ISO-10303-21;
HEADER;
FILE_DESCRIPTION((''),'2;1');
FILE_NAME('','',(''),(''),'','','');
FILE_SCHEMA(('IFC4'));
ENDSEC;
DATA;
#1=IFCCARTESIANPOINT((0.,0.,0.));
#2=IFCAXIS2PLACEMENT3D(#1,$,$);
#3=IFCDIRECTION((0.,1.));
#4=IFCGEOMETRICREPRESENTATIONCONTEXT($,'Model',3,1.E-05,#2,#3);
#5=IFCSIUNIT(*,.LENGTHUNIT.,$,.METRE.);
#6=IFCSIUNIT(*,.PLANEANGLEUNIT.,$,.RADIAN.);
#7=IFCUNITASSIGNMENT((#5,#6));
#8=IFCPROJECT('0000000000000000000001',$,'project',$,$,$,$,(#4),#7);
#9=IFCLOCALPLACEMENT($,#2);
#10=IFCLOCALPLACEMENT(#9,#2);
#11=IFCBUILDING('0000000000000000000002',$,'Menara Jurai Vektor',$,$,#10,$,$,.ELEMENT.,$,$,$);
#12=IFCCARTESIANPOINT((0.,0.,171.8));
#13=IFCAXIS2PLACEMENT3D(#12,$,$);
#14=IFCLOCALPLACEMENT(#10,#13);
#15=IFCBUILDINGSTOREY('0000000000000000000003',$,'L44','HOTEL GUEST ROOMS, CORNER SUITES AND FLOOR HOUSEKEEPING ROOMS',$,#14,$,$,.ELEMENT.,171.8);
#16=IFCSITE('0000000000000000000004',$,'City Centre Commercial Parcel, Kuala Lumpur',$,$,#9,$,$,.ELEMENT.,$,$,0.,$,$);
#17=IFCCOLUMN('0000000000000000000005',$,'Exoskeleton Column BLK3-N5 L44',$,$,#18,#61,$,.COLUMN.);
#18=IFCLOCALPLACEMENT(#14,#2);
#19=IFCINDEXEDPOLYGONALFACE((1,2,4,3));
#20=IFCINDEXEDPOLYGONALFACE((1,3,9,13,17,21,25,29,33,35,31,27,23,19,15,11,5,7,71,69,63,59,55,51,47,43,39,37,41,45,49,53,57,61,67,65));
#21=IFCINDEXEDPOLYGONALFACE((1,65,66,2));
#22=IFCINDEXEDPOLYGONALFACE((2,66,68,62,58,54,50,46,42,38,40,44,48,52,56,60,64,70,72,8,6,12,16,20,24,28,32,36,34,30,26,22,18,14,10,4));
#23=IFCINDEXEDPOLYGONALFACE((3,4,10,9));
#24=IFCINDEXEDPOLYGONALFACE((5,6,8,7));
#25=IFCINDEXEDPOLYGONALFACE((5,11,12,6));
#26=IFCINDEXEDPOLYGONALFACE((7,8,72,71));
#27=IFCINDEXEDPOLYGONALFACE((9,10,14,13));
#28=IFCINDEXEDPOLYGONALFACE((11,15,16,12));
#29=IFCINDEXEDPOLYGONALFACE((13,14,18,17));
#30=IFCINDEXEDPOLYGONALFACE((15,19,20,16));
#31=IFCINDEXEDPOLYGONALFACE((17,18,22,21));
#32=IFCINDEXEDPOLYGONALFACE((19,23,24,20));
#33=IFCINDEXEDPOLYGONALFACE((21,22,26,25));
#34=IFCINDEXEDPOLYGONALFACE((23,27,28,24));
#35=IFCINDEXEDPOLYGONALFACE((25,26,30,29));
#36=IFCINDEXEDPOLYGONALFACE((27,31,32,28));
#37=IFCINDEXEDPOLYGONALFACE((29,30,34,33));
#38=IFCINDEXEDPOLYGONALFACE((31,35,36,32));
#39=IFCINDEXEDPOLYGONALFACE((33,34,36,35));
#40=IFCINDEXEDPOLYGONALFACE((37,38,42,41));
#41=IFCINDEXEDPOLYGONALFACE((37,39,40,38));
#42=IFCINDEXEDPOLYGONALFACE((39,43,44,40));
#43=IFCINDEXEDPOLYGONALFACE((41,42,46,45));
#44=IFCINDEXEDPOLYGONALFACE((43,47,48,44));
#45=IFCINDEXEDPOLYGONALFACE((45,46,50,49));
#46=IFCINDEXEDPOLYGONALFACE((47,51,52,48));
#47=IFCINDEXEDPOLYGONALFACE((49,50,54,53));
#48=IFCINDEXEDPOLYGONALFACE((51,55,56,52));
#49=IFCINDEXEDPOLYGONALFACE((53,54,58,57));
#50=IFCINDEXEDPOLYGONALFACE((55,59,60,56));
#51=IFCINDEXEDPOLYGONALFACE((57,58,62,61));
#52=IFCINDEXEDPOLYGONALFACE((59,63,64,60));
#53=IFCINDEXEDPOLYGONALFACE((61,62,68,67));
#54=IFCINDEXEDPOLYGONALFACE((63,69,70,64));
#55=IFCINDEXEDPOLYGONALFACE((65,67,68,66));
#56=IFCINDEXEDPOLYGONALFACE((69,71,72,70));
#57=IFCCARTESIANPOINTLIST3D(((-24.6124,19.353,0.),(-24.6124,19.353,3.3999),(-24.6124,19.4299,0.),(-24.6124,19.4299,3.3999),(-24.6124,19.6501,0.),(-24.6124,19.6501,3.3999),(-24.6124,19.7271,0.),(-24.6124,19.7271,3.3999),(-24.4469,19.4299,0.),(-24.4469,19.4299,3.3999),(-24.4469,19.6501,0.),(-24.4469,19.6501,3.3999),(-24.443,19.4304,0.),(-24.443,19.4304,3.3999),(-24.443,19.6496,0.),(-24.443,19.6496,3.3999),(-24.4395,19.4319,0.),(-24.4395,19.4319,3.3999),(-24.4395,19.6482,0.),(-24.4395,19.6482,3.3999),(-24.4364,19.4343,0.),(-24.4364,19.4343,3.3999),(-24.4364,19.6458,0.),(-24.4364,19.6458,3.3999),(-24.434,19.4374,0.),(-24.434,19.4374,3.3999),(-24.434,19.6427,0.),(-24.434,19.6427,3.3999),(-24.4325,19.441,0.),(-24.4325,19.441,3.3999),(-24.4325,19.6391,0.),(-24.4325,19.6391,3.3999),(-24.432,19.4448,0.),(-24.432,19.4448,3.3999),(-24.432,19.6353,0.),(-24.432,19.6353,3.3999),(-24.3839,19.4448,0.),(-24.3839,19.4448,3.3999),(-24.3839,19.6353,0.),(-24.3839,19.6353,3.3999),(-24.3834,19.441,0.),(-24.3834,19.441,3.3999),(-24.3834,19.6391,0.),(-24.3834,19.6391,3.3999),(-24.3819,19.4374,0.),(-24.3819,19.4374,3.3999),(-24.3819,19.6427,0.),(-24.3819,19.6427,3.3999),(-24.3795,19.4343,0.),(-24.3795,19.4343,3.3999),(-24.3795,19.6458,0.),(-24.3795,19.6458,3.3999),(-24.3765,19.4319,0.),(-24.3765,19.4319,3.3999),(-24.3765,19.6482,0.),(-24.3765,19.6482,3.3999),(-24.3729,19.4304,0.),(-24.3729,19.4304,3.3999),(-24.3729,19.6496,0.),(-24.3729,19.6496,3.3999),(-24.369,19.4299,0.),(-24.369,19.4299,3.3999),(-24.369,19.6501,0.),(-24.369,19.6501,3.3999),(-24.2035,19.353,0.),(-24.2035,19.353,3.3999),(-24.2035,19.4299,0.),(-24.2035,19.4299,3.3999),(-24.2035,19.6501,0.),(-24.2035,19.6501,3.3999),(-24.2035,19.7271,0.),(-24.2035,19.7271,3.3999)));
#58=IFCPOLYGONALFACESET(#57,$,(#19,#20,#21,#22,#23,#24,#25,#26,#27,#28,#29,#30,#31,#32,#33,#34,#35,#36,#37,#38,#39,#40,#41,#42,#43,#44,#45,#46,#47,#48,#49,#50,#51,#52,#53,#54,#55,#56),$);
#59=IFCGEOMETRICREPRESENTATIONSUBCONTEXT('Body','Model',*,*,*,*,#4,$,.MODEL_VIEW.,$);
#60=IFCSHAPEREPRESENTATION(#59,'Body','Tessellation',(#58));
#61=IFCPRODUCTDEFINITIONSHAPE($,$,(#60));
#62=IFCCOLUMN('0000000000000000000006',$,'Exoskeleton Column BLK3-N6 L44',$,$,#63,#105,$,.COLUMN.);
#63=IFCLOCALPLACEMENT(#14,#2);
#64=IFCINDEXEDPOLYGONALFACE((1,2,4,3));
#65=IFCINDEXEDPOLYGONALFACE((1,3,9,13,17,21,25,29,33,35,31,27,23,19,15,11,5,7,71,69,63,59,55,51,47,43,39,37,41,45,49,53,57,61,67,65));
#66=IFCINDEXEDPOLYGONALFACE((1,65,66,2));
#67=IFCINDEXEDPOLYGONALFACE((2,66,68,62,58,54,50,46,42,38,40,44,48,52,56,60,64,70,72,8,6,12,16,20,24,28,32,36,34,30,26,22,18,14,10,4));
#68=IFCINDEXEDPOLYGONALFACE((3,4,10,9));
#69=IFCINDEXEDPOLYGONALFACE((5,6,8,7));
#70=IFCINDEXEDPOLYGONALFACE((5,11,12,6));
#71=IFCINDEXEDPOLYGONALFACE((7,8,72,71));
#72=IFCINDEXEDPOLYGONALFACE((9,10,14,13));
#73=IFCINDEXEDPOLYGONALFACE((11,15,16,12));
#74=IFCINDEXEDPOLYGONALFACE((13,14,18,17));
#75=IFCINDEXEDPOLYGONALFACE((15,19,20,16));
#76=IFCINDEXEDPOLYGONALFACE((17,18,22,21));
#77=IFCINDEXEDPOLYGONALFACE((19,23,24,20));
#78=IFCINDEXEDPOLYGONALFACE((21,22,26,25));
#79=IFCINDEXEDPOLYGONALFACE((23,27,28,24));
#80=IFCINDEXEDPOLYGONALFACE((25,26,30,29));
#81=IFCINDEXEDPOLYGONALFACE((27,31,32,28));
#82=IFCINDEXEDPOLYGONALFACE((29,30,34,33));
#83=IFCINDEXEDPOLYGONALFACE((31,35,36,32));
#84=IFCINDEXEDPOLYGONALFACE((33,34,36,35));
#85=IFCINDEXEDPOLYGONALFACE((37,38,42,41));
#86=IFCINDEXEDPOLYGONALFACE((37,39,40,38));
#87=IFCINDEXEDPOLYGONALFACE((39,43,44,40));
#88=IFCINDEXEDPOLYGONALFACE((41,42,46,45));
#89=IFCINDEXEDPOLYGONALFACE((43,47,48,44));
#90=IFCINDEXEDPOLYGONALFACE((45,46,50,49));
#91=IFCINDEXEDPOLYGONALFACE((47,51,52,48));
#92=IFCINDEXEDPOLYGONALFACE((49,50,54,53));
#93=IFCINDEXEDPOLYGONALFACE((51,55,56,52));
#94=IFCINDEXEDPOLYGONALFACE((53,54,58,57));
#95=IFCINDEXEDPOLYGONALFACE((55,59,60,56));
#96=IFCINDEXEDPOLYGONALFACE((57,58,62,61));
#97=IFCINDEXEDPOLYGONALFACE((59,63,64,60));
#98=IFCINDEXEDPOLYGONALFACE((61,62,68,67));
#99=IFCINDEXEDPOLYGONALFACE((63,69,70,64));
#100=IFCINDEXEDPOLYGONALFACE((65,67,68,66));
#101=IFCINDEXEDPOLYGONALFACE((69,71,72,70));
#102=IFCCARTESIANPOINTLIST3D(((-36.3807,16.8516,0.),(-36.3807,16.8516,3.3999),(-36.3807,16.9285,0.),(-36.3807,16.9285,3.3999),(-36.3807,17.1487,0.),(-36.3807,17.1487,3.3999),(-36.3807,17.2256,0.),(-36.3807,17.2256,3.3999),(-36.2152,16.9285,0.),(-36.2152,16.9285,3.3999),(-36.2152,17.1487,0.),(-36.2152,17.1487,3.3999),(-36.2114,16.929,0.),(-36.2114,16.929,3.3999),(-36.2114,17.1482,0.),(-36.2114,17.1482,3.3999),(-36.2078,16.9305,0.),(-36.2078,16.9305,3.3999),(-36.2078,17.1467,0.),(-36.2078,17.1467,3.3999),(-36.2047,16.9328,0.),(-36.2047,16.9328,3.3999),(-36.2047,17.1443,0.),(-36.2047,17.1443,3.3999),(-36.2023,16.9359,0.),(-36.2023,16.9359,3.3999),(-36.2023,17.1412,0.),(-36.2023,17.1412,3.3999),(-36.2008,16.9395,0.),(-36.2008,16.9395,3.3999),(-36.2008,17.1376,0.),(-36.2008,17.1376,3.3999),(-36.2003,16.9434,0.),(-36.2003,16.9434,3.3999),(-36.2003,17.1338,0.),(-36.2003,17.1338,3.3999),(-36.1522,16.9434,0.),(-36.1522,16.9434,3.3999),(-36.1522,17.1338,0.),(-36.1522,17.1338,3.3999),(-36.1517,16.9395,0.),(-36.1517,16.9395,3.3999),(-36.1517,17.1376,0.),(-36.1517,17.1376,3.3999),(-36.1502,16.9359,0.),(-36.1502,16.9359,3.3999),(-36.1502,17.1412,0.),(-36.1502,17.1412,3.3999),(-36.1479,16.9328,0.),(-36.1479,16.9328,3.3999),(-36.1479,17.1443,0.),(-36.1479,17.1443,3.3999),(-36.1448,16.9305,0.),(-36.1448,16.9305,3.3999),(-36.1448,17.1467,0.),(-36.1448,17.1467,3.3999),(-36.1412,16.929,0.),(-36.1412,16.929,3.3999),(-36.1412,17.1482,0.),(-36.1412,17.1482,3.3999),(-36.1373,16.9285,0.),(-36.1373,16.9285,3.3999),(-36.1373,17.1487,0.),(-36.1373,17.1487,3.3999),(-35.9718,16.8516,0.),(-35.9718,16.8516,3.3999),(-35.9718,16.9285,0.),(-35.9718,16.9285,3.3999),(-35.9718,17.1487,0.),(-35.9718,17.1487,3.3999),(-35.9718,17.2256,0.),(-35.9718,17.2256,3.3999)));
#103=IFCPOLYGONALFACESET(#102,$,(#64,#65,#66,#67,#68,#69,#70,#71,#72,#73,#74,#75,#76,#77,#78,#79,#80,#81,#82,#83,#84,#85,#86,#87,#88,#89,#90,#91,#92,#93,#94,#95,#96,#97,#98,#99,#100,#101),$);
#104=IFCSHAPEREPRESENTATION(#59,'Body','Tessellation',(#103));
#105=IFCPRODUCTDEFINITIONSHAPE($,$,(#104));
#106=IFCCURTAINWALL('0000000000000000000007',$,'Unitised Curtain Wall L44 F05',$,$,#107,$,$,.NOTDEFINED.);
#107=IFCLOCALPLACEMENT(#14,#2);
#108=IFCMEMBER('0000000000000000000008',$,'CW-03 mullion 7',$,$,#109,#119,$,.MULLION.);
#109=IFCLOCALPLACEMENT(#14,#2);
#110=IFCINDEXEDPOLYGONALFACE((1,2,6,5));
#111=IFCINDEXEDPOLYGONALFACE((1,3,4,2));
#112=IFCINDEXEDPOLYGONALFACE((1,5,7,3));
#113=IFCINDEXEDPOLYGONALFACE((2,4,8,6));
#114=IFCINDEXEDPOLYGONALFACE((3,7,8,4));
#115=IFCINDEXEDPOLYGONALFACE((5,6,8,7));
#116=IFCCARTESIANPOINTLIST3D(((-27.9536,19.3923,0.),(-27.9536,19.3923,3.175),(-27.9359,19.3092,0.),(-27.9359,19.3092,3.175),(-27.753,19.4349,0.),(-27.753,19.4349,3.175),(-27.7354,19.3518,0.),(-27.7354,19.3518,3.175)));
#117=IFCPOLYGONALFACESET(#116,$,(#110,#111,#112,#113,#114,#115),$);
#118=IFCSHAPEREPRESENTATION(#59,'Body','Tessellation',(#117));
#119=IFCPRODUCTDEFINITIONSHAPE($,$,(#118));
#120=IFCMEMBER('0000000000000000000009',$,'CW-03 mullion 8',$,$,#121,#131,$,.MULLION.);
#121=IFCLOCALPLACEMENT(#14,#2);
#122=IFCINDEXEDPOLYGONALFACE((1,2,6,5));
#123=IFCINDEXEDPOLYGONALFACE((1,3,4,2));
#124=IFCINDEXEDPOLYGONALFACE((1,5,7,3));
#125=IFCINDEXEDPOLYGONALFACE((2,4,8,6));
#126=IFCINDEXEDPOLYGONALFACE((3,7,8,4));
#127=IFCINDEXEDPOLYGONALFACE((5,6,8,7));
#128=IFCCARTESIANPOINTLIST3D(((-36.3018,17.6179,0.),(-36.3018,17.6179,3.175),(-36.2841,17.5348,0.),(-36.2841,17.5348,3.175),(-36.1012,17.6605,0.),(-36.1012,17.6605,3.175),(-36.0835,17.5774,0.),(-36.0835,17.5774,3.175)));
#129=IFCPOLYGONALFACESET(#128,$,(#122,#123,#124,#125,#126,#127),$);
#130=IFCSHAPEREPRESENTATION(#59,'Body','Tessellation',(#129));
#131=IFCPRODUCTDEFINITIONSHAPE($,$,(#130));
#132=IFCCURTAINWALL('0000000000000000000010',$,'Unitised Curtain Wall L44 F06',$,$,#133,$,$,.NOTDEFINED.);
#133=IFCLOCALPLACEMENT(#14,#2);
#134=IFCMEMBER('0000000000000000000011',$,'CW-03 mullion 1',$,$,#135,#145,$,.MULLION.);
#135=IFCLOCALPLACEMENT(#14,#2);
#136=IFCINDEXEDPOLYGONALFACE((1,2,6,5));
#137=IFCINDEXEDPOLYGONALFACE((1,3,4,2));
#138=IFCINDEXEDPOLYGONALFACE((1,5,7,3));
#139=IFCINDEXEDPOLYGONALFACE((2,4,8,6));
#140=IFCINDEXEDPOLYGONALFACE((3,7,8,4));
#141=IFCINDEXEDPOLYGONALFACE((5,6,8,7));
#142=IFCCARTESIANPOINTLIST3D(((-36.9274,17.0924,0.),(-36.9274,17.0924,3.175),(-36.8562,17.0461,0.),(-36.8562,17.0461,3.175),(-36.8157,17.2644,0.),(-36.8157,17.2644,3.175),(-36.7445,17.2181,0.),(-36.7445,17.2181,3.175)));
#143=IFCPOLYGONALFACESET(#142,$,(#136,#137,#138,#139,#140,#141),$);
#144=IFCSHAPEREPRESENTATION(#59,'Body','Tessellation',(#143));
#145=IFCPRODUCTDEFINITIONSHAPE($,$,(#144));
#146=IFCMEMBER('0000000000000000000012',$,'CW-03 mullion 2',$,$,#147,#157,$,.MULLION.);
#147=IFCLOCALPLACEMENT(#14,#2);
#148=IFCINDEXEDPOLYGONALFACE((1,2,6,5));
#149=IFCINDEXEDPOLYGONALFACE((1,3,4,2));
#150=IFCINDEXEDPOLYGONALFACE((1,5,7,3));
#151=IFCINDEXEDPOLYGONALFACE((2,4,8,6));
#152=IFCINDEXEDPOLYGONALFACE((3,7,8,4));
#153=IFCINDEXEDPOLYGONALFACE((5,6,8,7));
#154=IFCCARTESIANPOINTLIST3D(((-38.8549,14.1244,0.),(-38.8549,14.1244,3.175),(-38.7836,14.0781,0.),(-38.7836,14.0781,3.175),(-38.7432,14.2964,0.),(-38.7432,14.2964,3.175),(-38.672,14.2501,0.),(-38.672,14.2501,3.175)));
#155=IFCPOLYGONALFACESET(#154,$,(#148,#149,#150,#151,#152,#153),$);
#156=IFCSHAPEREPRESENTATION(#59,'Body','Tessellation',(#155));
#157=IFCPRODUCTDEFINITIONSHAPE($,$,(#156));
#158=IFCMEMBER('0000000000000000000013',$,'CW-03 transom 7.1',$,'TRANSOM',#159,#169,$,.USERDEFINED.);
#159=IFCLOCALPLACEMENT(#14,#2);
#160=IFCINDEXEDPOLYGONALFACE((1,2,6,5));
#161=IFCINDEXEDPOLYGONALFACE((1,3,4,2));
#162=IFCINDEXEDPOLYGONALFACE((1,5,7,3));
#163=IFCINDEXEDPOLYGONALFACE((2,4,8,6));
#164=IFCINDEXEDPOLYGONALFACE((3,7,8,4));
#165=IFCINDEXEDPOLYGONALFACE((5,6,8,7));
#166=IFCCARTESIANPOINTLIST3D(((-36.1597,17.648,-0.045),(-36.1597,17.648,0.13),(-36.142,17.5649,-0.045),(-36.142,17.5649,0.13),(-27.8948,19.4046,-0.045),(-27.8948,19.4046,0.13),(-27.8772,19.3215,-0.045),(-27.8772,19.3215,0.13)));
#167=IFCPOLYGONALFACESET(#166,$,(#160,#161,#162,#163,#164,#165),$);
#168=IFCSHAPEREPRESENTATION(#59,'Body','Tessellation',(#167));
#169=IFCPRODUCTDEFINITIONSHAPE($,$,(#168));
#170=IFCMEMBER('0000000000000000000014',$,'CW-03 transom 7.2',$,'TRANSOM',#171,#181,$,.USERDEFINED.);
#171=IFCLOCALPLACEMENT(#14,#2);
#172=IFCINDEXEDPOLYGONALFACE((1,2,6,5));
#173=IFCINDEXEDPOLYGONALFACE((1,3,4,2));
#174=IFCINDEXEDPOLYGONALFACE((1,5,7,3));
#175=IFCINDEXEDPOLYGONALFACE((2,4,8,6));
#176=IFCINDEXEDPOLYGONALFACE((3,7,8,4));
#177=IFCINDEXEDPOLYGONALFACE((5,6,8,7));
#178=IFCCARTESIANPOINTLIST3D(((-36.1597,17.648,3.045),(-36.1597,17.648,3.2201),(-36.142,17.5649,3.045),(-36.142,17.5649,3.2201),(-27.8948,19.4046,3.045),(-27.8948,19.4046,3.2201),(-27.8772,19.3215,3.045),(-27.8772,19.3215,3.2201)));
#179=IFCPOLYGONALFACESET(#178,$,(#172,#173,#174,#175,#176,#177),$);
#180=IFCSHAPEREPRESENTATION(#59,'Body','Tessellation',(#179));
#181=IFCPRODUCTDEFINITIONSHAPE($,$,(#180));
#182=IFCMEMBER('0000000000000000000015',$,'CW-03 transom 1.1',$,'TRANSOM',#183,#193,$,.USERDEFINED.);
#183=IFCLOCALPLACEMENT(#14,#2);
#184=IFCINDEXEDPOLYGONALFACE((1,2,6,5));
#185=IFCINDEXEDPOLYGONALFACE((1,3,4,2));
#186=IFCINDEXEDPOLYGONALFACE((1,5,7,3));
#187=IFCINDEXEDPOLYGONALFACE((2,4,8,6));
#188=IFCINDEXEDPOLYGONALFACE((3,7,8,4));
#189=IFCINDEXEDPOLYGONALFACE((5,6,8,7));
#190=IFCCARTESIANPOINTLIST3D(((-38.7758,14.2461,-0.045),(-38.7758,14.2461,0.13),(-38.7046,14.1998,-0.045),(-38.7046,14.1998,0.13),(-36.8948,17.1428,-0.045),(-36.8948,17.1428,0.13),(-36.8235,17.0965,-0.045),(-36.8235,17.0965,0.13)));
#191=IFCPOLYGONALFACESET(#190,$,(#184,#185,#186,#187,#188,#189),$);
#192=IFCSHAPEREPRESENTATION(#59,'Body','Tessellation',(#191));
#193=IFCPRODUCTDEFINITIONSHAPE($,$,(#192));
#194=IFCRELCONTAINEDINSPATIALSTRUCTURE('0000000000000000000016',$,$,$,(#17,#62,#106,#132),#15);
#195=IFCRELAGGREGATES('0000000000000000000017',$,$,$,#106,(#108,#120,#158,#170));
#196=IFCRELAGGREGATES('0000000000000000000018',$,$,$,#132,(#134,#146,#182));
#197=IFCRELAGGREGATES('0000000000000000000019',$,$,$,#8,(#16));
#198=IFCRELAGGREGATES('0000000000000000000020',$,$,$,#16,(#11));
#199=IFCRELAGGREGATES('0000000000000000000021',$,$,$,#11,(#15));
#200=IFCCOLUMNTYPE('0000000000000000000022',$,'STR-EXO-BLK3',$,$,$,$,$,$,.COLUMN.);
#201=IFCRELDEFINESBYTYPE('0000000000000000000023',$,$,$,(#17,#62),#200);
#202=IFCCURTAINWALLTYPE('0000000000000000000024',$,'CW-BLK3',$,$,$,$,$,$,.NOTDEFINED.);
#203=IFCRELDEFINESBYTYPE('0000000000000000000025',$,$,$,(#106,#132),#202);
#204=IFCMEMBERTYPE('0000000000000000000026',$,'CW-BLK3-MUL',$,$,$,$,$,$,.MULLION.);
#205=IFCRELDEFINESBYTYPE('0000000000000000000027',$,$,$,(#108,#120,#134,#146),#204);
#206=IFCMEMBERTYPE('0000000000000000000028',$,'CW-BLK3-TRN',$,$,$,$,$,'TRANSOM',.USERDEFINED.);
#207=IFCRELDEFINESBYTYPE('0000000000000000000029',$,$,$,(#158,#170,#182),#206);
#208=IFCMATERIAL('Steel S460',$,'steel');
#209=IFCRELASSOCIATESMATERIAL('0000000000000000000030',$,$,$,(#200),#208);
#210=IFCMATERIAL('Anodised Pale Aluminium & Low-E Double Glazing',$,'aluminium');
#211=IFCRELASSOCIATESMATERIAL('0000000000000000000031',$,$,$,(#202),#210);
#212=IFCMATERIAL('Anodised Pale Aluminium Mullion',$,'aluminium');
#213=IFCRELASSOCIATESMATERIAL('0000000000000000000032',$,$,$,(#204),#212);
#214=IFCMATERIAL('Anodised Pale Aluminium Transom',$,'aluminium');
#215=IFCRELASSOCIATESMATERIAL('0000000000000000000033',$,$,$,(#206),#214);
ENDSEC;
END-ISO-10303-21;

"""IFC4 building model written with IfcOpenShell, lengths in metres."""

from ifc_helpers import new_model, si_unit, direction, frame, origin, origin_2d, place, context, subcontext, project, spatial, rectangle, i_section, extrude, material, material_profile, profile_set, type_object, element, aggregate, save


model = new_model("IFC4")

# Units and contexts
model_context = context("Model", 3, precision=1e-05, world=origin(), true_north=direction((0.0, 1.0)))
body_context = subcontext(model_context, "Body", "Model", "MODEL_VIEW")
ifc_project = project(units=[si_unit("LENGTHUNIT", "METRE"), si_unit("PLANEANGLEUNIT", "RADIAN")], contexts=[model_context])

# Site, building, storey
site_placement = place(None, origin())
site = spatial("IfcSite", under=ifc_project, at=site_placement, Name="City Centre Commercial Parcel, Kuala Lumpur", CompositionType="ELEMENT", RefElevation=0.0)
building_placement = place(site_placement, origin())
building = spatial("IfcBuilding", under=site, at=building_placement, Name="Menara Jurai Vektor", CompositionType="ELEMENT")
storey_placement = place(building_placement, frame((0.0, 0.0, 171.8)))
storey = spatial("IfcBuildingStorey", under=building, at=storey_placement, Name="L44", Description="HOTEL GUEST ROOMS, CORNER SUITES AND FLOOR HOUSEKEEPING ROOMS", CompositionType="ELEMENT", Elevation=171.8)

# Columns
ifc_material_1 = material(Name="Steel S460", Category="steel")
ifc_material_profile_1 = material_profile(ifc_material_1, i_section(OverallWidth=0.4089, OverallDepth=0.374, WebThickness=0.0481, FlangeThickness=0.0769, FilletRadius=0.0149, at=origin_2d()), Name="HD 400x634")
ifc_profile_set_1 = profile_set([ifc_material_profile_1], Name="Steel S460")
column_type = type_object("IfcColumnType", Name="STR-EXO-BLK3", PredefinedType="COLUMN", material=ifc_profile_set_1)
for number, where, z_axis, x_axis, name in (
    (1, (-24.408, 19.54, 0.0), (0.0, 0.0, 1.0), (1.0, 0.0, 0.0), "Exoskeleton Column BLK3-N5 L44"),
    (2, (-36.1763, 17.0386, 0.0), (0.0, 0.0, 1.0), (1.0, 0.0, 0.0), "Exoskeleton Column BLK3-N6 L44"),
):
    element("IfcColumn", number, at=place(storey_placement, frame(where, z_axis=z_axis, x_axis=x_axis)), inside=storey, type_object=column_type, Name=name, PredefinedType="COLUMN", context=body_context, shape_type="SweptSolid", body=[
        extrude(i_section(OverallWidth=0.4089, OverallDepth=0.374, WebThickness=0.0481, FlangeThickness=0.0769, FilletRadius=0.0149, at=origin_2d()), origin(), (0.0, 0.0, 1.0), 3.3999),
    ])

# Curtain walls, members
ifc_material_2 = material(Name="Anodised Pale Aluminium & Low-E Double Glazing", Category="aluminium")
curtain_wall_type = type_object("IfcCurtainWallType", Name="CW-BLK3", PredefinedType="NOTDEFINED", material=ifc_material_2)
curtain_wall_1_placement = place(storey_placement, origin())
curtain_wall_1 = element("IfcCurtainWall", 3, at=curtain_wall_1_placement, inside=storey, type_object=curtain_wall_type, Name="Unitised Curtain Wall L44 F05", PredefinedType="NOTDEFINED")
ifc_material_3 = material(Name="Anodised Pale Aluminium Mullion", Category="aluminium")
ifc_material_profile_2 = material_profile(ifc_material_3, rectangle(XDim=0.085, YDim=0.2051, at=origin_2d()), Name="ALU MUL 85x205")
ifc_profile_set_2 = profile_set([ifc_material_profile_2], Name="Anodised Pale Aluminium Mullion")
member_type_1 = type_object("IfcMemberType", Name="CW-BLK3-MUL", PredefinedType="MULLION", material=ifc_profile_set_2)
member_1_placement = place(storey_placement, frame((-27.8445, 19.3721, 0.0), z_axis=(0.0, 0.0, 1.0), x_axis=(0.207911, -0.978148, 0.0)))
member_1 = element("IfcMember", 4, at=member_1_placement, type_object=member_type_1, Name="CW-03 mullion 7", PredefinedType="MULLION", context=body_context, shape_type="SweptSolid", body=[
    extrude(rectangle(XDim=0.085, YDim=0.2051, at=origin_2d()), origin(), (0.0, 0.0, 1.0), 3.175),
])
member_2_placement = place(storey_placement, frame((-36.1926, 17.5977, 0.0), z_axis=(0.0, 0.0, 1.0), x_axis=(0.207911, -0.978148, 0.0)))
member_2 = element("IfcMember", 5, at=member_2_placement, type_object=member_type_1, Name="CW-03 mullion 8", PredefinedType="MULLION", context=body_context, shape_type="SweptSolid", body=[
    extrude(rectangle(XDim=0.085, YDim=0.2051, at=origin_2d()), origin(), (0.0, 0.0, 1.0), 3.175),
])
curtain_wall_2_placement = place(storey_placement, origin())
curtain_wall_2 = element("IfcCurtainWall", 6, at=curtain_wall_2_placement, inside=storey, type_object=curtain_wall_type, Name="Unitised Curtain Wall L44 F06", PredefinedType="NOTDEFINED")
member_3_placement = place(storey_placement, frame((-36.8359, 17.1553, 0.0), z_axis=(0.0, 0.0, 1.0), x_axis=(0.838684, -0.544618, 0.0)))
member_3 = element("IfcMember", 7, at=member_3_placement, type_object=member_type_1, Name="CW-03 mullion 1", PredefinedType="MULLION", context=body_context, shape_type="SweptSolid", body=[
    extrude(rectangle(XDim=0.085, YDim=0.2051, at=origin_2d()), origin(), (0.0, 0.0, 1.0), 3.175),
])
member_4_placement = place(storey_placement, frame((-38.7634, 14.1873, 0.0), z_axis=(0.0, 0.0, 1.0), x_axis=(0.838684, -0.544618, 0.0)))
member_4 = element("IfcMember", 8, at=member_4_placement, type_object=member_type_1, Name="CW-03 mullion 2", PredefinedType="MULLION", context=body_context, shape_type="SweptSolid", body=[
    extrude(rectangle(XDim=0.085, YDim=0.2051, at=origin_2d()), origin(), (0.0, 0.0, 1.0), 3.175),
])

# Members
ifc_material_4 = material(Name="Anodised Pale Aluminium Transom", Category="aluminium")
ifc_material_profile_3 = material_profile(ifc_material_4, rectangle(XDim=0.085, YDim=0.175, at=origin_2d()), Name="ALU TRN 85x175")
ifc_profile_set_3 = profile_set([ifc_material_profile_3], Name="Anodised Pale Aluminium Transom")
member_type_2 = type_object("IfcMemberType", Name="CW-BLK3-TRN", ElementType="TRANSOM", PredefinedType="USERDEFINED", material=ifc_profile_set_3)
member_5_placement = place(storey_placement, frame((-27.886, 19.363, 0.0425), z_axis=(-0.978152, -0.207893, 0.0), x_axis=(0.207893, -0.978152, 0.0)))
member_5 = element("IfcMember", 9, at=member_5_placement, type_object=member_type_2, Name="CW-03 transom 7.1", ObjectType="TRANSOM", PredefinedType="USERDEFINED", context=body_context, shape_type="SweptSolid", body=[
    extrude(rectangle(XDim=0.085, YDim=0.175, at=origin_2d()), origin(), (0.0, 0.0, 1.0), 8.4495),
])
member_6_placement = place(storey_placement, frame((-27.886, 19.363, 3.1326), z_axis=(-0.978152, -0.207893, 0.0), x_axis=(0.207893, -0.978152, 0.0)))
member_6 = element("IfcMember", 10, at=member_6_placement, type_object=member_type_2, Name="CW-03 transom 7.2", ObjectType="TRANSOM", PredefinedType="USERDEFINED", context=body_context, shape_type="SweptSolid", body=[
    extrude(rectangle(XDim=0.085, YDim=0.175, at=origin_2d()), origin(), (0.0, 0.0, 1.0), 8.4495),
])
member_7_placement = place(storey_placement, frame((-36.8591, 17.1196, 0.0425), z_axis=(-0.544628, -0.838678, 0.0), x_axis=(0.838678, -0.544628, 0.0)))
member_7 = element("IfcMember", 11, at=member_7_placement, type_object=member_type_2, Name="CW-03 transom 1.1", ObjectType="TRANSOM", PredefinedType="USERDEFINED", context=body_context, shape_type="SweptSolid", body=[
    extrude(rectangle(XDim=0.085, YDim=0.175, at=origin_2d()), origin(), (0.0, 0.0, 1.0), 3.4539),
])

aggregate(curtain_wall_1, [member_1, member_2, member_5, member_6])
aggregate(curtain_wall_2, [member_3, member_4, member_7])

save(model, "model.ifc")
